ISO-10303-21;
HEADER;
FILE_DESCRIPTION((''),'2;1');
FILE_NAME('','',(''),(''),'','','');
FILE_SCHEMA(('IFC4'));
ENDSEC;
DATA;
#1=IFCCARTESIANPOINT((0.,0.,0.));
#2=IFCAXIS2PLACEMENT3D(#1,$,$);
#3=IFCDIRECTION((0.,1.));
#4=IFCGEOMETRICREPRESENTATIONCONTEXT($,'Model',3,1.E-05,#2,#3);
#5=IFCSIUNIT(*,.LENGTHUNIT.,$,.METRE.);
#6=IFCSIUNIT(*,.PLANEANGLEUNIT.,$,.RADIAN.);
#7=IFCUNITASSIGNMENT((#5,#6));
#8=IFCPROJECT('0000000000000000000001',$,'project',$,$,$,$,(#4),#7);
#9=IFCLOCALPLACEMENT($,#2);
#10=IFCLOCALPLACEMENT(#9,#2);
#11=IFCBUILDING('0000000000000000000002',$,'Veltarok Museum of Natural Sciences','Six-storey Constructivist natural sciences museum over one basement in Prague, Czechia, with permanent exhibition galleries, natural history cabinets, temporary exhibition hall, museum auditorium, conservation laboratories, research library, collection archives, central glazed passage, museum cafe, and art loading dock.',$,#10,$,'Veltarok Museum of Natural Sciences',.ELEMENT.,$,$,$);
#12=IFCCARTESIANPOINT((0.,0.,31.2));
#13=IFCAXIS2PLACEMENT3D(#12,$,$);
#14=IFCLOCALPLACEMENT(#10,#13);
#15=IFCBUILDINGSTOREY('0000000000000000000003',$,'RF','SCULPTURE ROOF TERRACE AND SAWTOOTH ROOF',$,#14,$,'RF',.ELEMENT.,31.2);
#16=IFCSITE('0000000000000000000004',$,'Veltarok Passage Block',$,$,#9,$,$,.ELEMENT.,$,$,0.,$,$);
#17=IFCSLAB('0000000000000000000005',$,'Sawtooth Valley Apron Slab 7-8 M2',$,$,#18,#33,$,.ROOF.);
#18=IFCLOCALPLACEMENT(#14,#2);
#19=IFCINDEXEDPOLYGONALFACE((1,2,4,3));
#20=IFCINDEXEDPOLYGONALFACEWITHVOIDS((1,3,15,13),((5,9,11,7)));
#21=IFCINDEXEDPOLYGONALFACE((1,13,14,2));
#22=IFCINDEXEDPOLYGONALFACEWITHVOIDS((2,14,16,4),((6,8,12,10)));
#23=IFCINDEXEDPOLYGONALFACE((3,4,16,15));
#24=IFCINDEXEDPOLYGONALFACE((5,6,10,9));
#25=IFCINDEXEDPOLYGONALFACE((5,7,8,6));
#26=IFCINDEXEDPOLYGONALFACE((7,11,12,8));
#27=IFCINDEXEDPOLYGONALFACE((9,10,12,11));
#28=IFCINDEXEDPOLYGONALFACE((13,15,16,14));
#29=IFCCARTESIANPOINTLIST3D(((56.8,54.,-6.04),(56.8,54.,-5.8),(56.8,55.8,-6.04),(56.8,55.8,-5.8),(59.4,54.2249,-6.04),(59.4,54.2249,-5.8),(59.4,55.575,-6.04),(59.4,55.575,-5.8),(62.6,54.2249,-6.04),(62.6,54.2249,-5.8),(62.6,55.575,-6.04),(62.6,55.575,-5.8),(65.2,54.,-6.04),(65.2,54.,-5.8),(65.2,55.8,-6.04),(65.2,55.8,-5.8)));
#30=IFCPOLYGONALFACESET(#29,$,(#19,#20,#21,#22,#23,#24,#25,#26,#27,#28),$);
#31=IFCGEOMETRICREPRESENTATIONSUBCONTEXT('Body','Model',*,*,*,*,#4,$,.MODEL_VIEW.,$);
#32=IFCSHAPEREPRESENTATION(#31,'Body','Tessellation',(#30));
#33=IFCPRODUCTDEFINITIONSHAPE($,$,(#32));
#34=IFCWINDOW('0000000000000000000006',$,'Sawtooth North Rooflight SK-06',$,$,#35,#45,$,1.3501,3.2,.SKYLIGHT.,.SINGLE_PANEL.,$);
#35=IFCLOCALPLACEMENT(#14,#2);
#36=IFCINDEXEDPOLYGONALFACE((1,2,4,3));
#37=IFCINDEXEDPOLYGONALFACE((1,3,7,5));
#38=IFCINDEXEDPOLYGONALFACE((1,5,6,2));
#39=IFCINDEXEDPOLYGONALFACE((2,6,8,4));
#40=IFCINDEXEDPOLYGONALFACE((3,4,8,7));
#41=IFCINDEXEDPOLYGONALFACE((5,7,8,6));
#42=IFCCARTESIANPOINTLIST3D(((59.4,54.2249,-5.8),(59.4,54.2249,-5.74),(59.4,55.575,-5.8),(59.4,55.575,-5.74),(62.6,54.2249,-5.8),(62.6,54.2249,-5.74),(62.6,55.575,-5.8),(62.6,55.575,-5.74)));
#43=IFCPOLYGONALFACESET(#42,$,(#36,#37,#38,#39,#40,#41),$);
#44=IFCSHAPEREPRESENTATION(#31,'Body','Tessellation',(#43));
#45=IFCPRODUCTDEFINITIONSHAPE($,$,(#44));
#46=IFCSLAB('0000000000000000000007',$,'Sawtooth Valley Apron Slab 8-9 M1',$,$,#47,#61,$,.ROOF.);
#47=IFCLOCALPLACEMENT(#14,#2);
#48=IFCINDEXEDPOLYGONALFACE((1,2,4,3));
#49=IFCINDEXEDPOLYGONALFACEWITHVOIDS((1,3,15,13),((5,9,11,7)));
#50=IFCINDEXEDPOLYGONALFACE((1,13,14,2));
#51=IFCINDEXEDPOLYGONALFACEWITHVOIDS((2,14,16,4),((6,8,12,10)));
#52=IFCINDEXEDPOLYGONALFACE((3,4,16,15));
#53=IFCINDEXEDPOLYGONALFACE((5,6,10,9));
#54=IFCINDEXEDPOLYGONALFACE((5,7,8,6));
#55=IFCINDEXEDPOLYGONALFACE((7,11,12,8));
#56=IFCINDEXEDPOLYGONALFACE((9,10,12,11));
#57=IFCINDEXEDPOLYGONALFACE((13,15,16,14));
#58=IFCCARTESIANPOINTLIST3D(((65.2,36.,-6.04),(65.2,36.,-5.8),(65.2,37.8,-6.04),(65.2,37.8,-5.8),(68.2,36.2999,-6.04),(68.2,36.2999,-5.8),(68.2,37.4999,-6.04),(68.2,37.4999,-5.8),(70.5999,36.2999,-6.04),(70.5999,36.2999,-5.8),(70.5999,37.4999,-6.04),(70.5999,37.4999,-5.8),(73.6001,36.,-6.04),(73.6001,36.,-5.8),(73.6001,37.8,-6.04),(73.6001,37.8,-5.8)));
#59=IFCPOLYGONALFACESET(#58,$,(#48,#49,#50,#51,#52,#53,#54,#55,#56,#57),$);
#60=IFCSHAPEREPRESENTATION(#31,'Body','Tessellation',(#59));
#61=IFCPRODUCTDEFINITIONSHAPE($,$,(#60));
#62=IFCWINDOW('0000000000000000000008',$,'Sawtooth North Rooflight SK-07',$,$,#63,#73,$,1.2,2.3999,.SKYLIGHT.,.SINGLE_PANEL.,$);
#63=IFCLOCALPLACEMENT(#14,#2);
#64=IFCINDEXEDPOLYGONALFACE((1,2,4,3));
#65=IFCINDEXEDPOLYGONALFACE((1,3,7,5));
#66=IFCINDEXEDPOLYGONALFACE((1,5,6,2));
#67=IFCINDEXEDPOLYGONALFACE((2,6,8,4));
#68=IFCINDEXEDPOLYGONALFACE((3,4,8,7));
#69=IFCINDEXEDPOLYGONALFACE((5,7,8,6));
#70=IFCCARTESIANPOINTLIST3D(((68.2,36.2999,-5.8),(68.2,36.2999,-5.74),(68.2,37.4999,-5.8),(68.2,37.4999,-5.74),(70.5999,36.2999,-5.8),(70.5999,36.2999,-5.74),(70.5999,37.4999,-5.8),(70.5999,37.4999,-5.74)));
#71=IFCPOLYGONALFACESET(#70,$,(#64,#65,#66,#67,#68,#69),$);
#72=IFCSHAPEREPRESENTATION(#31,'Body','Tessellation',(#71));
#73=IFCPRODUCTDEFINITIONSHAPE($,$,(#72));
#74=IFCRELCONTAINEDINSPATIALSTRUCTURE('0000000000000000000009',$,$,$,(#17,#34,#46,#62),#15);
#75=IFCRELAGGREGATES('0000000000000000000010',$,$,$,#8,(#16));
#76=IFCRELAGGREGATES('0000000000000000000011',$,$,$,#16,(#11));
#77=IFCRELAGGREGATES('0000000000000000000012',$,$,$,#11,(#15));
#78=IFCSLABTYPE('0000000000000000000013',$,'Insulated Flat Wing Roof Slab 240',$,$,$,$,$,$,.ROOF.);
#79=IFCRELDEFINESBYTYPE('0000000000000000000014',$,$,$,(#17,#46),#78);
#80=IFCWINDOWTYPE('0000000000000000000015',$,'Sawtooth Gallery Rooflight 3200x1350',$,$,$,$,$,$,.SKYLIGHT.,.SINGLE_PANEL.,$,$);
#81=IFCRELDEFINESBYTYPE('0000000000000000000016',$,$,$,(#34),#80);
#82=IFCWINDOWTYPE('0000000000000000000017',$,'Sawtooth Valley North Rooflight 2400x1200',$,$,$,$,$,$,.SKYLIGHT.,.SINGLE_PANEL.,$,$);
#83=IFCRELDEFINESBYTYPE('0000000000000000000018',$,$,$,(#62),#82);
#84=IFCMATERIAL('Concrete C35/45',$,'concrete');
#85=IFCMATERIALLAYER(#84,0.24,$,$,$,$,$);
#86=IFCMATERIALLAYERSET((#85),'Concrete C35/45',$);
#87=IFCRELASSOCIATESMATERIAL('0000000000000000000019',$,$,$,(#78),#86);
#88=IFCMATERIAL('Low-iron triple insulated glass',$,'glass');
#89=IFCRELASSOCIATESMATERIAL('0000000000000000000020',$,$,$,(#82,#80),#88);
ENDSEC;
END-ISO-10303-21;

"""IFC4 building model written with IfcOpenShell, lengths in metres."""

from ifc_helpers import new_model, si_unit, direction, frame, origin, origin_2d, place, context, subcontext, project, spatial, polyline, rectangle, outline, extrude, material, layer, layer_set, type_object, element, fill, save


model = new_model("IFC4")

# Units and contexts
model_context = context("Model", 3, precision=1e-05, world=origin(), true_north=direction((0.0, 1.0)))
body_context = subcontext(model_context, "Body", "Model", "MODEL_VIEW")
ifc_project = project(units=[si_unit("LENGTHUNIT", "METRE"), si_unit("PLANEANGLEUNIT", "RADIAN")], contexts=[model_context])

# Site, building, storey
site_placement = place(None, origin())
site = spatial("IfcSite", under=ifc_project, at=site_placement, Name="Veltarok Passage Block", CompositionType="ELEMENT", RefElevation=0.0)
building_placement = place(site_placement, origin())
building = spatial("IfcBuilding", under=site, at=building_placement, Name="Veltarok Museum of Natural Sciences", Description="Six-storey Constructivist natural sciences museum over one basement in Prague, Czechia, with permanent exhibition galleries, natural history cabinets, temporary exhibition hall, museum auditorium, conservation laboratories, research library, collection archives, central glazed passage, museum cafe, and art loading dock.", LongName="Veltarok Museum of Natural Sciences", CompositionType="ELEMENT")
storey_placement = place(building_placement, frame((0.0, 0.0, 31.2)))
storey = spatial("IfcBuildingStorey", under=building, at=storey_placement, Name="RF", Description="SCULPTURE ROOF TERRACE AND SAWTOOTH ROOF", LongName="RF", CompositionType="ELEMENT", Elevation=31.2)

# Shared definitions
ifc_material_1 = material(Name="Concrete C35/45", Category="concrete")
ifc_layer = layer(ifc_material_1, 0.24)
ifc_layer_set = layer_set([ifc_layer], Name="Concrete C35/45")
slab_type = type_object("IfcSlabType", Name="Insulated Flat Wing Roof Slab 240", PredefinedType="ROOF", material=ifc_layer_set)

# Slabs, openings, windows
ifc_material_2 = material(Name="Low-iron triple insulated glass", Category="glass")
window_type_1 = type_object("IfcWindowType", Name="Sawtooth Valley North Rooflight 2400x1200", PartitioningType="SINGLE_PANEL", PredefinedType="SKYLIGHT", material=ifc_material_2)
slab_1_placement = place(storey_placement, frame((0.0, 0.0, -6.04)))
slab_1 = element("IfcSlab", 1, at=slab_1_placement, inside=storey, type_object=slab_type, Name="Sawtooth Valley Apron Slab 7-8 M2", PredefinedType="ROOF", context=body_context, shape_type="SweptSolid", body=[
    extrude(outline(polyline([(56.8, 54.0), (65.2, 54.0), (65.2, 55.8), (56.8, 55.8), (56.8, 54.0)])), origin(), (0.0, 0.0, 1.0), 0.24),
])
opening_1_placement = place(slab_1_placement, frame((61.0, 54.8999, -0.01)))
opening_1 = element("IfcOpeningElement", 2, at=opening_1_placement, cuts=slab_1, PredefinedType="OPENING", context=body_context, shape_type="SweptSolid", body=[
    extrude(rectangle(XDim=3.2, YDim=1.3501, at=origin_2d()), origin(), (0.0, 0.0, 1.0), 0.3201),
])
window_type_2 = type_object("IfcWindowType", Name="Sawtooth Gallery Rooflight 3200x1350", PartitioningType="SINGLE_PANEL", PredefinedType="SKYLIGHT", material=ifc_material_2)
window_1_placement = place(slab_1_placement, frame((61.0, 54.8999, 0.24)))
window_1 = element("IfcWindow", 3, at=window_1_placement, inside=storey, type_object=window_type_2, Name="Sawtooth North Rooflight SK-06", OverallHeight=1.3501, OverallWidth=3.2, PartitioningType="SINGLE_PANEL", PredefinedType="SKYLIGHT", context=body_context, shape_type="SweptSolid", body=[
    extrude(rectangle(XDim=3.2, YDim=1.3501, at=origin_2d()), origin(), (0.0, 0.0, 1.0), 0.0601),
])
fill(opening_1, window_1)
slab_2_placement = place(storey_placement, frame((0.0, 0.0, -6.04)))
slab_2 = element("IfcSlab", 4, at=slab_2_placement, inside=storey, type_object=slab_type, Name="Sawtooth Valley Apron Slab 8-9 M1", PredefinedType="ROOF", context=body_context, shape_type="SweptSolid", body=[
    extrude(outline(polyline([(65.2, 36.0), (73.6001, 36.0), (73.6001, 37.8), (65.2, 37.8), (65.2, 36.0)])), origin(), (0.0, 0.0, 1.0), 0.24),
])
opening_2_placement = place(slab_2_placement, frame((69.3999, 36.8999, -0.01)))
opening_2 = element("IfcOpeningElement", 5, at=opening_2_placement, cuts=slab_2, PredefinedType="OPENING", context=body_context, shape_type="SweptSolid", body=[
    extrude(rectangle(XDim=2.3999, YDim=1.2, at=origin_2d()), origin(), (0.0, 0.0, 1.0), 0.3201),
])
window_2_placement = place(slab_2_placement, frame((69.3999, 36.8999, 0.24)))
window_2 = element("IfcWindow", 6, at=window_2_placement, inside=storey, type_object=window_type_1, Name="Sawtooth North Rooflight SK-07", OverallHeight=1.2, OverallWidth=2.3999, PartitioningType="SINGLE_PANEL", PredefinedType="SKYLIGHT", context=body_context, shape_type="SweptSolid", body=[
    extrude(rectangle(XDim=2.3999, YDim=1.2, at=origin_2d()), origin(), (0.0, 0.0, 1.0), 0.0601),
])
fill(opening_2, window_2)

save(model, "model.ifc")
